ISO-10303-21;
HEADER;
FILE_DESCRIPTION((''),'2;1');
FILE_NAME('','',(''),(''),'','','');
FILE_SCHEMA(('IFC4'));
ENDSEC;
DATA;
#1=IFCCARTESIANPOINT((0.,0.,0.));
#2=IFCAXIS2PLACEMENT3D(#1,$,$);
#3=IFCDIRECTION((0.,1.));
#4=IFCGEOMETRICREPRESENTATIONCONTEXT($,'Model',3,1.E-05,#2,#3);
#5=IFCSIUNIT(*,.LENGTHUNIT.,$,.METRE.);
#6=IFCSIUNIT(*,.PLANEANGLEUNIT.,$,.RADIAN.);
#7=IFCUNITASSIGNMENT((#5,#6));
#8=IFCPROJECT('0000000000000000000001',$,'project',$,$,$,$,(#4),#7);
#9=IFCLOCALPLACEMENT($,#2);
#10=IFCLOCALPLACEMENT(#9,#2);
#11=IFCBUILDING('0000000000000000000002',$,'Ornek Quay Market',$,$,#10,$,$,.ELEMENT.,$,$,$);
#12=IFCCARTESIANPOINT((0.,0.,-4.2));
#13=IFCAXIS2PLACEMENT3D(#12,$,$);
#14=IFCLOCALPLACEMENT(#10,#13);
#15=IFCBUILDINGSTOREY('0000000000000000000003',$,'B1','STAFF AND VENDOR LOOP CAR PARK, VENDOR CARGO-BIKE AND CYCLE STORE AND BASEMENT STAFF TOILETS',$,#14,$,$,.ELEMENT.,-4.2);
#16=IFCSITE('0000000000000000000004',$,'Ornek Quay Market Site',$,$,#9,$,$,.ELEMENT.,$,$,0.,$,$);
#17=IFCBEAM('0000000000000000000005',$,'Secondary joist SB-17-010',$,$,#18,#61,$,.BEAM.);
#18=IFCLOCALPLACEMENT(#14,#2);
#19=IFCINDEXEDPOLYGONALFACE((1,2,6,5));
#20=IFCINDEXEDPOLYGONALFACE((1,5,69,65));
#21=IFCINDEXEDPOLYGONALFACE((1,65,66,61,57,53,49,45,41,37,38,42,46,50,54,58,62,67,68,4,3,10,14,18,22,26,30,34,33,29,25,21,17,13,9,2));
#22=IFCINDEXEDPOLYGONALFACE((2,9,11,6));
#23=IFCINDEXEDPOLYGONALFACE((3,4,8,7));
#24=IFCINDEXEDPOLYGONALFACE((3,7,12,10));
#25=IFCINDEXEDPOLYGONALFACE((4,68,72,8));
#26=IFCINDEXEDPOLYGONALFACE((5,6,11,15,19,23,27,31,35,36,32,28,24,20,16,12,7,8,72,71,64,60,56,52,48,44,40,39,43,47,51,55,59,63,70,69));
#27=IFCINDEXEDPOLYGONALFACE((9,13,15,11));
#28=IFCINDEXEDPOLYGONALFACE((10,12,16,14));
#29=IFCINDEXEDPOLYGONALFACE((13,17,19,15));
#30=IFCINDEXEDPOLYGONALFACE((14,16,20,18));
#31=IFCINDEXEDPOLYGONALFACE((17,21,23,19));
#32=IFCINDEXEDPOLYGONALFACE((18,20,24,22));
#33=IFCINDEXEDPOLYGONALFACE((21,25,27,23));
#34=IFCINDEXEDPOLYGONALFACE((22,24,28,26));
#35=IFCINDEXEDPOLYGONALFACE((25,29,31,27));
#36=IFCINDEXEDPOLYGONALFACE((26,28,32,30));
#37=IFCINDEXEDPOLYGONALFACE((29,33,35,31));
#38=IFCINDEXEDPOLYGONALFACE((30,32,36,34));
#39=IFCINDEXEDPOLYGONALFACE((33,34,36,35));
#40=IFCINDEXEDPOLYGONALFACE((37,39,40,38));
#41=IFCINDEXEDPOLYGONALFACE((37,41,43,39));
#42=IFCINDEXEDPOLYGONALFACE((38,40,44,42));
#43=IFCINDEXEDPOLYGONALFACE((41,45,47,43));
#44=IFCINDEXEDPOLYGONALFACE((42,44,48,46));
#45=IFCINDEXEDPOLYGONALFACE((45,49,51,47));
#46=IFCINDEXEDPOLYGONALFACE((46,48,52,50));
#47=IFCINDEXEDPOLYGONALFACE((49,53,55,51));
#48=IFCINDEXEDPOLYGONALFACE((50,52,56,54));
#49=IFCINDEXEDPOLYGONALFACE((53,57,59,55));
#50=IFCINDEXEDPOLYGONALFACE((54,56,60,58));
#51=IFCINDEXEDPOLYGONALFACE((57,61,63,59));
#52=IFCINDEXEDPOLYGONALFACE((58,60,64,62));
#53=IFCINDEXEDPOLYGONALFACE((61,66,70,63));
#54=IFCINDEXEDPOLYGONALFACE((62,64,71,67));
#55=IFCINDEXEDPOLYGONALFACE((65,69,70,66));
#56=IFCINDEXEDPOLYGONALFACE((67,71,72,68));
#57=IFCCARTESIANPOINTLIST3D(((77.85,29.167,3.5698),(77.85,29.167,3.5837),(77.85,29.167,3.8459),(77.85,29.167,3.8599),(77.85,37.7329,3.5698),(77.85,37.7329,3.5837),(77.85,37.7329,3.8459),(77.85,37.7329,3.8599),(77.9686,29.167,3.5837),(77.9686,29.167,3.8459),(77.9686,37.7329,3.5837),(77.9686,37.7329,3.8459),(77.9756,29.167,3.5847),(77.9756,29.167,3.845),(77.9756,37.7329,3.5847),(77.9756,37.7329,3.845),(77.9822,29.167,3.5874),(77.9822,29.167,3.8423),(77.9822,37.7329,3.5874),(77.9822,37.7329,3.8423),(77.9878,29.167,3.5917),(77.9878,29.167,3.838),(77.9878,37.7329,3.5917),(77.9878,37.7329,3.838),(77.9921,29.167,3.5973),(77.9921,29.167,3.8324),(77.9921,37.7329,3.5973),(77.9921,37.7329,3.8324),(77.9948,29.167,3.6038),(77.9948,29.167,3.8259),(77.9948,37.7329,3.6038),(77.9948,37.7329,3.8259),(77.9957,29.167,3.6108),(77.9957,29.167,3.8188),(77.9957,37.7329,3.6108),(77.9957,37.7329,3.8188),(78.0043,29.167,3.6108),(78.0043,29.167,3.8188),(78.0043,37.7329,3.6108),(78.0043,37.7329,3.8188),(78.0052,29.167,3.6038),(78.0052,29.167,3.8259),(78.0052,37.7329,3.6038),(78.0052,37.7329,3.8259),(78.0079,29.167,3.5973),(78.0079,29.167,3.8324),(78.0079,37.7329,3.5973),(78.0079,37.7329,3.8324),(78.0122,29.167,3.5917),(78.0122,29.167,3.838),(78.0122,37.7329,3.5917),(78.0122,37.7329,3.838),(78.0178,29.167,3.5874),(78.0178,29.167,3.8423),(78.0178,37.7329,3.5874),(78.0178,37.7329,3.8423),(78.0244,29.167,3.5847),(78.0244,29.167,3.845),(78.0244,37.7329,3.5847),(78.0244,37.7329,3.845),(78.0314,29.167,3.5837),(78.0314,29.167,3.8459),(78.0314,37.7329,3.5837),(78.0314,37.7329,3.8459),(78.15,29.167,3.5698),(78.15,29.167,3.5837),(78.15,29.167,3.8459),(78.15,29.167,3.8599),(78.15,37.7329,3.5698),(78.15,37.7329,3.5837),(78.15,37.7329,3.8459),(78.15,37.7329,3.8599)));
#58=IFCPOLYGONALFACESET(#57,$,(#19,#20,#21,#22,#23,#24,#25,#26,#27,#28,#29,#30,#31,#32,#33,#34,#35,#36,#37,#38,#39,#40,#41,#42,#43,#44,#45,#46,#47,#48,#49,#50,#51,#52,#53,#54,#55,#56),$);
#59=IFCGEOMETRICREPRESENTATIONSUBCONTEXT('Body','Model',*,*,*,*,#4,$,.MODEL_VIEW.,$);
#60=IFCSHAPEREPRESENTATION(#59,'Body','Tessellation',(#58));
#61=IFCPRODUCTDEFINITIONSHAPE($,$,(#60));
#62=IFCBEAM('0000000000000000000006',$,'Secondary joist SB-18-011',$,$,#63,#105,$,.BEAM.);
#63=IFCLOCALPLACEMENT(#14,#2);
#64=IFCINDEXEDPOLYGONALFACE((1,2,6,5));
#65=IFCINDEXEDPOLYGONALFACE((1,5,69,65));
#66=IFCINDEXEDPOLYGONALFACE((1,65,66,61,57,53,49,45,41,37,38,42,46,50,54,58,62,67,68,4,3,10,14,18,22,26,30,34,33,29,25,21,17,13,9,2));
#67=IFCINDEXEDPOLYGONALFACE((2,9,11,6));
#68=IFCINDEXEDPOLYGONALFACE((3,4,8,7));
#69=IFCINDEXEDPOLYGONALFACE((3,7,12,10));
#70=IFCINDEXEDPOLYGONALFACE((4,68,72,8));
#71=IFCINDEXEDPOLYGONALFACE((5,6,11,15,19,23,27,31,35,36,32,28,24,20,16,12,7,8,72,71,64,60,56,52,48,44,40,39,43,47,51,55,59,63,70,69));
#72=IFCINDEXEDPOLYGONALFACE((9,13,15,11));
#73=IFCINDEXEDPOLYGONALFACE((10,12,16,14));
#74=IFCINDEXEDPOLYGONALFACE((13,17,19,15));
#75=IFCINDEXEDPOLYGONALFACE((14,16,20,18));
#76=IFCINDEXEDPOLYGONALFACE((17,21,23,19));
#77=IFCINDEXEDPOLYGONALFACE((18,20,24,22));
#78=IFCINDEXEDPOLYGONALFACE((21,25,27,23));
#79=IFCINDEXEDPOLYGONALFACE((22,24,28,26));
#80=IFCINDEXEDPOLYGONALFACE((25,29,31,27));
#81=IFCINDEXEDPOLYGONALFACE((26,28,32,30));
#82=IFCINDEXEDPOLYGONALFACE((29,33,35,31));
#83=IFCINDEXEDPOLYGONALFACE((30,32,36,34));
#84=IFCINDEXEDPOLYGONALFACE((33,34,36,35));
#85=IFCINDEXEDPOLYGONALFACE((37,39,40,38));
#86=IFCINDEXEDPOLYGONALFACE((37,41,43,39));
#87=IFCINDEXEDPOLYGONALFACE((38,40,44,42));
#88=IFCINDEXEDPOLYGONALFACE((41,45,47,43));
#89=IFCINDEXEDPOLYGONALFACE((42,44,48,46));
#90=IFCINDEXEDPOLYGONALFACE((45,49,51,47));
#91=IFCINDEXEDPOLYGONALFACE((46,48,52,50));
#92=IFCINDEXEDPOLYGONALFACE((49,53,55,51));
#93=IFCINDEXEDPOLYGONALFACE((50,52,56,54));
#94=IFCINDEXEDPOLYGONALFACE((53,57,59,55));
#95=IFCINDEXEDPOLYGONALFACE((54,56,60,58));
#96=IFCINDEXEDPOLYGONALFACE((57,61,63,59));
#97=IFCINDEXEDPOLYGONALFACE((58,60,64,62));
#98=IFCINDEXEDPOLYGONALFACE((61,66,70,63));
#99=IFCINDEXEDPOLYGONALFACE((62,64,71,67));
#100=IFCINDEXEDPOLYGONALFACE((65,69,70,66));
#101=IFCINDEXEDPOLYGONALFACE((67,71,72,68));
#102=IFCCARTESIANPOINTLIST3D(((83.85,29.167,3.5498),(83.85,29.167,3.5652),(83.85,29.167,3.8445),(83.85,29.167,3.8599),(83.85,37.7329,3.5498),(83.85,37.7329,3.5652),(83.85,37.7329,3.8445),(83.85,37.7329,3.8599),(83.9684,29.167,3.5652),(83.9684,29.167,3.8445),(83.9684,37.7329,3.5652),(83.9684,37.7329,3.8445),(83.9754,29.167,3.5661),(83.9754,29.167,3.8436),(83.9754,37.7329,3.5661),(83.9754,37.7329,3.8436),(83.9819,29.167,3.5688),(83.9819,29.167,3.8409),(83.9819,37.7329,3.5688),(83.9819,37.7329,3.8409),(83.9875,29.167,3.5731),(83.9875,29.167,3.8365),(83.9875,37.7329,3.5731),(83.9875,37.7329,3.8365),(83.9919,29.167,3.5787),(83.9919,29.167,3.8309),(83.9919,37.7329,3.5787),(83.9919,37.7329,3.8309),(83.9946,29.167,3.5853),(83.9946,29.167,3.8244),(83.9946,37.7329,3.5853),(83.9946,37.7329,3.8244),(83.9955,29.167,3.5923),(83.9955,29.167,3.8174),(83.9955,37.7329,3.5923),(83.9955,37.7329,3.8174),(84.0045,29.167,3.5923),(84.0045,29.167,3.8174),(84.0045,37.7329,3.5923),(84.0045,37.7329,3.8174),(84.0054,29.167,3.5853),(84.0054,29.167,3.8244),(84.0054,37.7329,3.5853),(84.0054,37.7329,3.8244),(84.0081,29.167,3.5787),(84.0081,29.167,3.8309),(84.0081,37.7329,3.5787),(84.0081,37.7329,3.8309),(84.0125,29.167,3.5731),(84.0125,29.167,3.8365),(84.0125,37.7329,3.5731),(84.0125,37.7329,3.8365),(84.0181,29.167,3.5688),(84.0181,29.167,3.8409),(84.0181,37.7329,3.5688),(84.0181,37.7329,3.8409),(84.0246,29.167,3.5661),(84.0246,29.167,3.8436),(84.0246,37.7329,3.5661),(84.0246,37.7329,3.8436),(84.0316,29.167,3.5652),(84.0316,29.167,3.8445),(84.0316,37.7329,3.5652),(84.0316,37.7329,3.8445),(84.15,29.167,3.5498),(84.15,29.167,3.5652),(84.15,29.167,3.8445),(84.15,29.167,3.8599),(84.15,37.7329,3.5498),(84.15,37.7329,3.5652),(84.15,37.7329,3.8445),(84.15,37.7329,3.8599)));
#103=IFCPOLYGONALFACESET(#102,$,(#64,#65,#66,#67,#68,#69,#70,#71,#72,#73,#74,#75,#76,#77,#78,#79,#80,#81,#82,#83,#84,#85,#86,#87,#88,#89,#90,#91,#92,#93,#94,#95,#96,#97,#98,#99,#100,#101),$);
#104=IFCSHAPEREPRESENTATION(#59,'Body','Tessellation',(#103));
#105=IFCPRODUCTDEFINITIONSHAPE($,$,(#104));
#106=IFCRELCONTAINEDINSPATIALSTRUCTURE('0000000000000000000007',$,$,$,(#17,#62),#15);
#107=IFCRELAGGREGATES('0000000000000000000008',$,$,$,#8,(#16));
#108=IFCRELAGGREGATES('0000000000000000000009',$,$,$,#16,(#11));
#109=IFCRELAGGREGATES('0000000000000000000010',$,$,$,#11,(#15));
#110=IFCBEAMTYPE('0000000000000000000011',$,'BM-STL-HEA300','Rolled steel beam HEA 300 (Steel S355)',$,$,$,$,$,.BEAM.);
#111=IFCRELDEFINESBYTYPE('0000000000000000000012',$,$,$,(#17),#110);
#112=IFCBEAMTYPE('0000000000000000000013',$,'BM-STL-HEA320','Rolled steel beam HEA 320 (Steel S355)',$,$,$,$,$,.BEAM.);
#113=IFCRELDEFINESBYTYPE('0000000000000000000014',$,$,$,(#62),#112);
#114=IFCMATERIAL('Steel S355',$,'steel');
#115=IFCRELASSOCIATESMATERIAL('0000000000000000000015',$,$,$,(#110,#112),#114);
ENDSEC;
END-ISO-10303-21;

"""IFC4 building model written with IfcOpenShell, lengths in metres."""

from ifc_helpers import new_model, si_unit, direction, frame, origin, origin_2d, place, context, subcontext, project, spatial, i_section, extrude, material, material_profile, profile_set, type_object, element, save


model = new_model("IFC4")

# Units and contexts
model_context = context("Model", 3, precision=1e-05, world=origin(), true_north=direction((0.0, 1.0)))
body_context = subcontext(model_context, "Body", "Model", "MODEL_VIEW")
ifc_project = project(units=[si_unit("LENGTHUNIT", "METRE"), si_unit("PLANEANGLEUNIT", "RADIAN")], contexts=[model_context])

# Site, building, storey
site_placement = place(None, origin())
site = spatial("IfcSite", under=ifc_project, at=site_placement, Name="Ornek Quay Market Site", CompositionType="ELEMENT", RefElevation=0.0)
building_placement = place(site_placement, origin())
building = spatial("IfcBuilding", under=site, at=building_placement, Name="Ornek Quay Market", CompositionType="ELEMENT")
storey_placement = place(building_placement, frame((0.0, 0.0, -4.2)))
storey = spatial("IfcBuildingStorey", under=building, at=storey_placement, Name="B1", Description="STAFF AND VENDOR LOOP CAR PARK, VENDOR CARGO-BIKE AND CYCLE STORE AND BASEMENT STAFF TOILETS", CompositionType="ELEMENT", Elevation=-4.2)

# Beams
ifc_material_1 = material(Name="Steel S355", Category="steel")
ifc_material_profile_1 = material_profile(ifc_material_1, i_section(OverallWidth=0.3, OverallDepth=0.29, WebThickness=0.0085, FlangeThickness=0.0139, FilletRadius=0.0271, at=origin_2d()), Name="HEA 300", Category="steel")
ifc_profile_set_1 = profile_set([ifc_material_profile_1], Name="Steel S355")
beam_type_1 = type_object("IfcBeamType", Name="BM-STL-HEA300", Description="Rolled steel beam HEA 300 (Steel S355)", PredefinedType="BEAM", material=ifc_profile_set_1)
for number, where, z_axis, x_axis, name in (
    (1, (78.0, 29.167, 3.7148), (0.0, 1.0, 0.0), (-1.0, 0.0, 0.0), "Secondary joist SB-17-010"),
):
    element("IfcBeam", number, at=place(storey_placement, frame(where, z_axis=z_axis, x_axis=x_axis)), inside=storey, type_object=beam_type_1, Name=name, PredefinedType="BEAM", context=body_context, shape_type="SweptSolid", body=[
        extrude(i_section(OverallWidth=0.3, OverallDepth=0.29, WebThickness=0.0085, FlangeThickness=0.0139, FilletRadius=0.0271, at=origin_2d()), origin(), (0.0, 0.0, 1.0), 8.5659),
    ])
ifc_material_profile_2 = material_profile(ifc_material_1, i_section(OverallWidth=0.3, OverallDepth=0.3101, WebThickness=0.009, FlangeThickness=0.0154, FilletRadius=0.0271, at=origin_2d()), Name="HEA 320", Category="steel")
ifc_profile_set_2 = profile_set([ifc_material_profile_2], Name="Steel S355")
beam_type_2 = type_object("IfcBeamType", Name="BM-STL-HEA320", Description="Rolled steel beam HEA 320 (Steel S355)", PredefinedType="BEAM", material=ifc_profile_set_2)
beam_1_placement = place(storey_placement, frame((84.0, 29.167, 3.7048), z_axis=(0.0, 1.0, 0.0), x_axis=(-1.0, 0.0, 0.0)))
element("IfcBeam", 2, at=beam_1_placement, inside=storey, type_object=beam_type_2, Name="Secondary joist SB-18-011", PredefinedType="BEAM", context=body_context, shape_type="SweptSolid", body=[
    extrude(i_section(OverallWidth=0.3, OverallDepth=0.3101, WebThickness=0.009, FlangeThickness=0.0154, FilletRadius=0.0271, at=origin_2d()), origin(), (0.0, 0.0, 1.0), 8.5659),
])

save(model, "model.ifc")
